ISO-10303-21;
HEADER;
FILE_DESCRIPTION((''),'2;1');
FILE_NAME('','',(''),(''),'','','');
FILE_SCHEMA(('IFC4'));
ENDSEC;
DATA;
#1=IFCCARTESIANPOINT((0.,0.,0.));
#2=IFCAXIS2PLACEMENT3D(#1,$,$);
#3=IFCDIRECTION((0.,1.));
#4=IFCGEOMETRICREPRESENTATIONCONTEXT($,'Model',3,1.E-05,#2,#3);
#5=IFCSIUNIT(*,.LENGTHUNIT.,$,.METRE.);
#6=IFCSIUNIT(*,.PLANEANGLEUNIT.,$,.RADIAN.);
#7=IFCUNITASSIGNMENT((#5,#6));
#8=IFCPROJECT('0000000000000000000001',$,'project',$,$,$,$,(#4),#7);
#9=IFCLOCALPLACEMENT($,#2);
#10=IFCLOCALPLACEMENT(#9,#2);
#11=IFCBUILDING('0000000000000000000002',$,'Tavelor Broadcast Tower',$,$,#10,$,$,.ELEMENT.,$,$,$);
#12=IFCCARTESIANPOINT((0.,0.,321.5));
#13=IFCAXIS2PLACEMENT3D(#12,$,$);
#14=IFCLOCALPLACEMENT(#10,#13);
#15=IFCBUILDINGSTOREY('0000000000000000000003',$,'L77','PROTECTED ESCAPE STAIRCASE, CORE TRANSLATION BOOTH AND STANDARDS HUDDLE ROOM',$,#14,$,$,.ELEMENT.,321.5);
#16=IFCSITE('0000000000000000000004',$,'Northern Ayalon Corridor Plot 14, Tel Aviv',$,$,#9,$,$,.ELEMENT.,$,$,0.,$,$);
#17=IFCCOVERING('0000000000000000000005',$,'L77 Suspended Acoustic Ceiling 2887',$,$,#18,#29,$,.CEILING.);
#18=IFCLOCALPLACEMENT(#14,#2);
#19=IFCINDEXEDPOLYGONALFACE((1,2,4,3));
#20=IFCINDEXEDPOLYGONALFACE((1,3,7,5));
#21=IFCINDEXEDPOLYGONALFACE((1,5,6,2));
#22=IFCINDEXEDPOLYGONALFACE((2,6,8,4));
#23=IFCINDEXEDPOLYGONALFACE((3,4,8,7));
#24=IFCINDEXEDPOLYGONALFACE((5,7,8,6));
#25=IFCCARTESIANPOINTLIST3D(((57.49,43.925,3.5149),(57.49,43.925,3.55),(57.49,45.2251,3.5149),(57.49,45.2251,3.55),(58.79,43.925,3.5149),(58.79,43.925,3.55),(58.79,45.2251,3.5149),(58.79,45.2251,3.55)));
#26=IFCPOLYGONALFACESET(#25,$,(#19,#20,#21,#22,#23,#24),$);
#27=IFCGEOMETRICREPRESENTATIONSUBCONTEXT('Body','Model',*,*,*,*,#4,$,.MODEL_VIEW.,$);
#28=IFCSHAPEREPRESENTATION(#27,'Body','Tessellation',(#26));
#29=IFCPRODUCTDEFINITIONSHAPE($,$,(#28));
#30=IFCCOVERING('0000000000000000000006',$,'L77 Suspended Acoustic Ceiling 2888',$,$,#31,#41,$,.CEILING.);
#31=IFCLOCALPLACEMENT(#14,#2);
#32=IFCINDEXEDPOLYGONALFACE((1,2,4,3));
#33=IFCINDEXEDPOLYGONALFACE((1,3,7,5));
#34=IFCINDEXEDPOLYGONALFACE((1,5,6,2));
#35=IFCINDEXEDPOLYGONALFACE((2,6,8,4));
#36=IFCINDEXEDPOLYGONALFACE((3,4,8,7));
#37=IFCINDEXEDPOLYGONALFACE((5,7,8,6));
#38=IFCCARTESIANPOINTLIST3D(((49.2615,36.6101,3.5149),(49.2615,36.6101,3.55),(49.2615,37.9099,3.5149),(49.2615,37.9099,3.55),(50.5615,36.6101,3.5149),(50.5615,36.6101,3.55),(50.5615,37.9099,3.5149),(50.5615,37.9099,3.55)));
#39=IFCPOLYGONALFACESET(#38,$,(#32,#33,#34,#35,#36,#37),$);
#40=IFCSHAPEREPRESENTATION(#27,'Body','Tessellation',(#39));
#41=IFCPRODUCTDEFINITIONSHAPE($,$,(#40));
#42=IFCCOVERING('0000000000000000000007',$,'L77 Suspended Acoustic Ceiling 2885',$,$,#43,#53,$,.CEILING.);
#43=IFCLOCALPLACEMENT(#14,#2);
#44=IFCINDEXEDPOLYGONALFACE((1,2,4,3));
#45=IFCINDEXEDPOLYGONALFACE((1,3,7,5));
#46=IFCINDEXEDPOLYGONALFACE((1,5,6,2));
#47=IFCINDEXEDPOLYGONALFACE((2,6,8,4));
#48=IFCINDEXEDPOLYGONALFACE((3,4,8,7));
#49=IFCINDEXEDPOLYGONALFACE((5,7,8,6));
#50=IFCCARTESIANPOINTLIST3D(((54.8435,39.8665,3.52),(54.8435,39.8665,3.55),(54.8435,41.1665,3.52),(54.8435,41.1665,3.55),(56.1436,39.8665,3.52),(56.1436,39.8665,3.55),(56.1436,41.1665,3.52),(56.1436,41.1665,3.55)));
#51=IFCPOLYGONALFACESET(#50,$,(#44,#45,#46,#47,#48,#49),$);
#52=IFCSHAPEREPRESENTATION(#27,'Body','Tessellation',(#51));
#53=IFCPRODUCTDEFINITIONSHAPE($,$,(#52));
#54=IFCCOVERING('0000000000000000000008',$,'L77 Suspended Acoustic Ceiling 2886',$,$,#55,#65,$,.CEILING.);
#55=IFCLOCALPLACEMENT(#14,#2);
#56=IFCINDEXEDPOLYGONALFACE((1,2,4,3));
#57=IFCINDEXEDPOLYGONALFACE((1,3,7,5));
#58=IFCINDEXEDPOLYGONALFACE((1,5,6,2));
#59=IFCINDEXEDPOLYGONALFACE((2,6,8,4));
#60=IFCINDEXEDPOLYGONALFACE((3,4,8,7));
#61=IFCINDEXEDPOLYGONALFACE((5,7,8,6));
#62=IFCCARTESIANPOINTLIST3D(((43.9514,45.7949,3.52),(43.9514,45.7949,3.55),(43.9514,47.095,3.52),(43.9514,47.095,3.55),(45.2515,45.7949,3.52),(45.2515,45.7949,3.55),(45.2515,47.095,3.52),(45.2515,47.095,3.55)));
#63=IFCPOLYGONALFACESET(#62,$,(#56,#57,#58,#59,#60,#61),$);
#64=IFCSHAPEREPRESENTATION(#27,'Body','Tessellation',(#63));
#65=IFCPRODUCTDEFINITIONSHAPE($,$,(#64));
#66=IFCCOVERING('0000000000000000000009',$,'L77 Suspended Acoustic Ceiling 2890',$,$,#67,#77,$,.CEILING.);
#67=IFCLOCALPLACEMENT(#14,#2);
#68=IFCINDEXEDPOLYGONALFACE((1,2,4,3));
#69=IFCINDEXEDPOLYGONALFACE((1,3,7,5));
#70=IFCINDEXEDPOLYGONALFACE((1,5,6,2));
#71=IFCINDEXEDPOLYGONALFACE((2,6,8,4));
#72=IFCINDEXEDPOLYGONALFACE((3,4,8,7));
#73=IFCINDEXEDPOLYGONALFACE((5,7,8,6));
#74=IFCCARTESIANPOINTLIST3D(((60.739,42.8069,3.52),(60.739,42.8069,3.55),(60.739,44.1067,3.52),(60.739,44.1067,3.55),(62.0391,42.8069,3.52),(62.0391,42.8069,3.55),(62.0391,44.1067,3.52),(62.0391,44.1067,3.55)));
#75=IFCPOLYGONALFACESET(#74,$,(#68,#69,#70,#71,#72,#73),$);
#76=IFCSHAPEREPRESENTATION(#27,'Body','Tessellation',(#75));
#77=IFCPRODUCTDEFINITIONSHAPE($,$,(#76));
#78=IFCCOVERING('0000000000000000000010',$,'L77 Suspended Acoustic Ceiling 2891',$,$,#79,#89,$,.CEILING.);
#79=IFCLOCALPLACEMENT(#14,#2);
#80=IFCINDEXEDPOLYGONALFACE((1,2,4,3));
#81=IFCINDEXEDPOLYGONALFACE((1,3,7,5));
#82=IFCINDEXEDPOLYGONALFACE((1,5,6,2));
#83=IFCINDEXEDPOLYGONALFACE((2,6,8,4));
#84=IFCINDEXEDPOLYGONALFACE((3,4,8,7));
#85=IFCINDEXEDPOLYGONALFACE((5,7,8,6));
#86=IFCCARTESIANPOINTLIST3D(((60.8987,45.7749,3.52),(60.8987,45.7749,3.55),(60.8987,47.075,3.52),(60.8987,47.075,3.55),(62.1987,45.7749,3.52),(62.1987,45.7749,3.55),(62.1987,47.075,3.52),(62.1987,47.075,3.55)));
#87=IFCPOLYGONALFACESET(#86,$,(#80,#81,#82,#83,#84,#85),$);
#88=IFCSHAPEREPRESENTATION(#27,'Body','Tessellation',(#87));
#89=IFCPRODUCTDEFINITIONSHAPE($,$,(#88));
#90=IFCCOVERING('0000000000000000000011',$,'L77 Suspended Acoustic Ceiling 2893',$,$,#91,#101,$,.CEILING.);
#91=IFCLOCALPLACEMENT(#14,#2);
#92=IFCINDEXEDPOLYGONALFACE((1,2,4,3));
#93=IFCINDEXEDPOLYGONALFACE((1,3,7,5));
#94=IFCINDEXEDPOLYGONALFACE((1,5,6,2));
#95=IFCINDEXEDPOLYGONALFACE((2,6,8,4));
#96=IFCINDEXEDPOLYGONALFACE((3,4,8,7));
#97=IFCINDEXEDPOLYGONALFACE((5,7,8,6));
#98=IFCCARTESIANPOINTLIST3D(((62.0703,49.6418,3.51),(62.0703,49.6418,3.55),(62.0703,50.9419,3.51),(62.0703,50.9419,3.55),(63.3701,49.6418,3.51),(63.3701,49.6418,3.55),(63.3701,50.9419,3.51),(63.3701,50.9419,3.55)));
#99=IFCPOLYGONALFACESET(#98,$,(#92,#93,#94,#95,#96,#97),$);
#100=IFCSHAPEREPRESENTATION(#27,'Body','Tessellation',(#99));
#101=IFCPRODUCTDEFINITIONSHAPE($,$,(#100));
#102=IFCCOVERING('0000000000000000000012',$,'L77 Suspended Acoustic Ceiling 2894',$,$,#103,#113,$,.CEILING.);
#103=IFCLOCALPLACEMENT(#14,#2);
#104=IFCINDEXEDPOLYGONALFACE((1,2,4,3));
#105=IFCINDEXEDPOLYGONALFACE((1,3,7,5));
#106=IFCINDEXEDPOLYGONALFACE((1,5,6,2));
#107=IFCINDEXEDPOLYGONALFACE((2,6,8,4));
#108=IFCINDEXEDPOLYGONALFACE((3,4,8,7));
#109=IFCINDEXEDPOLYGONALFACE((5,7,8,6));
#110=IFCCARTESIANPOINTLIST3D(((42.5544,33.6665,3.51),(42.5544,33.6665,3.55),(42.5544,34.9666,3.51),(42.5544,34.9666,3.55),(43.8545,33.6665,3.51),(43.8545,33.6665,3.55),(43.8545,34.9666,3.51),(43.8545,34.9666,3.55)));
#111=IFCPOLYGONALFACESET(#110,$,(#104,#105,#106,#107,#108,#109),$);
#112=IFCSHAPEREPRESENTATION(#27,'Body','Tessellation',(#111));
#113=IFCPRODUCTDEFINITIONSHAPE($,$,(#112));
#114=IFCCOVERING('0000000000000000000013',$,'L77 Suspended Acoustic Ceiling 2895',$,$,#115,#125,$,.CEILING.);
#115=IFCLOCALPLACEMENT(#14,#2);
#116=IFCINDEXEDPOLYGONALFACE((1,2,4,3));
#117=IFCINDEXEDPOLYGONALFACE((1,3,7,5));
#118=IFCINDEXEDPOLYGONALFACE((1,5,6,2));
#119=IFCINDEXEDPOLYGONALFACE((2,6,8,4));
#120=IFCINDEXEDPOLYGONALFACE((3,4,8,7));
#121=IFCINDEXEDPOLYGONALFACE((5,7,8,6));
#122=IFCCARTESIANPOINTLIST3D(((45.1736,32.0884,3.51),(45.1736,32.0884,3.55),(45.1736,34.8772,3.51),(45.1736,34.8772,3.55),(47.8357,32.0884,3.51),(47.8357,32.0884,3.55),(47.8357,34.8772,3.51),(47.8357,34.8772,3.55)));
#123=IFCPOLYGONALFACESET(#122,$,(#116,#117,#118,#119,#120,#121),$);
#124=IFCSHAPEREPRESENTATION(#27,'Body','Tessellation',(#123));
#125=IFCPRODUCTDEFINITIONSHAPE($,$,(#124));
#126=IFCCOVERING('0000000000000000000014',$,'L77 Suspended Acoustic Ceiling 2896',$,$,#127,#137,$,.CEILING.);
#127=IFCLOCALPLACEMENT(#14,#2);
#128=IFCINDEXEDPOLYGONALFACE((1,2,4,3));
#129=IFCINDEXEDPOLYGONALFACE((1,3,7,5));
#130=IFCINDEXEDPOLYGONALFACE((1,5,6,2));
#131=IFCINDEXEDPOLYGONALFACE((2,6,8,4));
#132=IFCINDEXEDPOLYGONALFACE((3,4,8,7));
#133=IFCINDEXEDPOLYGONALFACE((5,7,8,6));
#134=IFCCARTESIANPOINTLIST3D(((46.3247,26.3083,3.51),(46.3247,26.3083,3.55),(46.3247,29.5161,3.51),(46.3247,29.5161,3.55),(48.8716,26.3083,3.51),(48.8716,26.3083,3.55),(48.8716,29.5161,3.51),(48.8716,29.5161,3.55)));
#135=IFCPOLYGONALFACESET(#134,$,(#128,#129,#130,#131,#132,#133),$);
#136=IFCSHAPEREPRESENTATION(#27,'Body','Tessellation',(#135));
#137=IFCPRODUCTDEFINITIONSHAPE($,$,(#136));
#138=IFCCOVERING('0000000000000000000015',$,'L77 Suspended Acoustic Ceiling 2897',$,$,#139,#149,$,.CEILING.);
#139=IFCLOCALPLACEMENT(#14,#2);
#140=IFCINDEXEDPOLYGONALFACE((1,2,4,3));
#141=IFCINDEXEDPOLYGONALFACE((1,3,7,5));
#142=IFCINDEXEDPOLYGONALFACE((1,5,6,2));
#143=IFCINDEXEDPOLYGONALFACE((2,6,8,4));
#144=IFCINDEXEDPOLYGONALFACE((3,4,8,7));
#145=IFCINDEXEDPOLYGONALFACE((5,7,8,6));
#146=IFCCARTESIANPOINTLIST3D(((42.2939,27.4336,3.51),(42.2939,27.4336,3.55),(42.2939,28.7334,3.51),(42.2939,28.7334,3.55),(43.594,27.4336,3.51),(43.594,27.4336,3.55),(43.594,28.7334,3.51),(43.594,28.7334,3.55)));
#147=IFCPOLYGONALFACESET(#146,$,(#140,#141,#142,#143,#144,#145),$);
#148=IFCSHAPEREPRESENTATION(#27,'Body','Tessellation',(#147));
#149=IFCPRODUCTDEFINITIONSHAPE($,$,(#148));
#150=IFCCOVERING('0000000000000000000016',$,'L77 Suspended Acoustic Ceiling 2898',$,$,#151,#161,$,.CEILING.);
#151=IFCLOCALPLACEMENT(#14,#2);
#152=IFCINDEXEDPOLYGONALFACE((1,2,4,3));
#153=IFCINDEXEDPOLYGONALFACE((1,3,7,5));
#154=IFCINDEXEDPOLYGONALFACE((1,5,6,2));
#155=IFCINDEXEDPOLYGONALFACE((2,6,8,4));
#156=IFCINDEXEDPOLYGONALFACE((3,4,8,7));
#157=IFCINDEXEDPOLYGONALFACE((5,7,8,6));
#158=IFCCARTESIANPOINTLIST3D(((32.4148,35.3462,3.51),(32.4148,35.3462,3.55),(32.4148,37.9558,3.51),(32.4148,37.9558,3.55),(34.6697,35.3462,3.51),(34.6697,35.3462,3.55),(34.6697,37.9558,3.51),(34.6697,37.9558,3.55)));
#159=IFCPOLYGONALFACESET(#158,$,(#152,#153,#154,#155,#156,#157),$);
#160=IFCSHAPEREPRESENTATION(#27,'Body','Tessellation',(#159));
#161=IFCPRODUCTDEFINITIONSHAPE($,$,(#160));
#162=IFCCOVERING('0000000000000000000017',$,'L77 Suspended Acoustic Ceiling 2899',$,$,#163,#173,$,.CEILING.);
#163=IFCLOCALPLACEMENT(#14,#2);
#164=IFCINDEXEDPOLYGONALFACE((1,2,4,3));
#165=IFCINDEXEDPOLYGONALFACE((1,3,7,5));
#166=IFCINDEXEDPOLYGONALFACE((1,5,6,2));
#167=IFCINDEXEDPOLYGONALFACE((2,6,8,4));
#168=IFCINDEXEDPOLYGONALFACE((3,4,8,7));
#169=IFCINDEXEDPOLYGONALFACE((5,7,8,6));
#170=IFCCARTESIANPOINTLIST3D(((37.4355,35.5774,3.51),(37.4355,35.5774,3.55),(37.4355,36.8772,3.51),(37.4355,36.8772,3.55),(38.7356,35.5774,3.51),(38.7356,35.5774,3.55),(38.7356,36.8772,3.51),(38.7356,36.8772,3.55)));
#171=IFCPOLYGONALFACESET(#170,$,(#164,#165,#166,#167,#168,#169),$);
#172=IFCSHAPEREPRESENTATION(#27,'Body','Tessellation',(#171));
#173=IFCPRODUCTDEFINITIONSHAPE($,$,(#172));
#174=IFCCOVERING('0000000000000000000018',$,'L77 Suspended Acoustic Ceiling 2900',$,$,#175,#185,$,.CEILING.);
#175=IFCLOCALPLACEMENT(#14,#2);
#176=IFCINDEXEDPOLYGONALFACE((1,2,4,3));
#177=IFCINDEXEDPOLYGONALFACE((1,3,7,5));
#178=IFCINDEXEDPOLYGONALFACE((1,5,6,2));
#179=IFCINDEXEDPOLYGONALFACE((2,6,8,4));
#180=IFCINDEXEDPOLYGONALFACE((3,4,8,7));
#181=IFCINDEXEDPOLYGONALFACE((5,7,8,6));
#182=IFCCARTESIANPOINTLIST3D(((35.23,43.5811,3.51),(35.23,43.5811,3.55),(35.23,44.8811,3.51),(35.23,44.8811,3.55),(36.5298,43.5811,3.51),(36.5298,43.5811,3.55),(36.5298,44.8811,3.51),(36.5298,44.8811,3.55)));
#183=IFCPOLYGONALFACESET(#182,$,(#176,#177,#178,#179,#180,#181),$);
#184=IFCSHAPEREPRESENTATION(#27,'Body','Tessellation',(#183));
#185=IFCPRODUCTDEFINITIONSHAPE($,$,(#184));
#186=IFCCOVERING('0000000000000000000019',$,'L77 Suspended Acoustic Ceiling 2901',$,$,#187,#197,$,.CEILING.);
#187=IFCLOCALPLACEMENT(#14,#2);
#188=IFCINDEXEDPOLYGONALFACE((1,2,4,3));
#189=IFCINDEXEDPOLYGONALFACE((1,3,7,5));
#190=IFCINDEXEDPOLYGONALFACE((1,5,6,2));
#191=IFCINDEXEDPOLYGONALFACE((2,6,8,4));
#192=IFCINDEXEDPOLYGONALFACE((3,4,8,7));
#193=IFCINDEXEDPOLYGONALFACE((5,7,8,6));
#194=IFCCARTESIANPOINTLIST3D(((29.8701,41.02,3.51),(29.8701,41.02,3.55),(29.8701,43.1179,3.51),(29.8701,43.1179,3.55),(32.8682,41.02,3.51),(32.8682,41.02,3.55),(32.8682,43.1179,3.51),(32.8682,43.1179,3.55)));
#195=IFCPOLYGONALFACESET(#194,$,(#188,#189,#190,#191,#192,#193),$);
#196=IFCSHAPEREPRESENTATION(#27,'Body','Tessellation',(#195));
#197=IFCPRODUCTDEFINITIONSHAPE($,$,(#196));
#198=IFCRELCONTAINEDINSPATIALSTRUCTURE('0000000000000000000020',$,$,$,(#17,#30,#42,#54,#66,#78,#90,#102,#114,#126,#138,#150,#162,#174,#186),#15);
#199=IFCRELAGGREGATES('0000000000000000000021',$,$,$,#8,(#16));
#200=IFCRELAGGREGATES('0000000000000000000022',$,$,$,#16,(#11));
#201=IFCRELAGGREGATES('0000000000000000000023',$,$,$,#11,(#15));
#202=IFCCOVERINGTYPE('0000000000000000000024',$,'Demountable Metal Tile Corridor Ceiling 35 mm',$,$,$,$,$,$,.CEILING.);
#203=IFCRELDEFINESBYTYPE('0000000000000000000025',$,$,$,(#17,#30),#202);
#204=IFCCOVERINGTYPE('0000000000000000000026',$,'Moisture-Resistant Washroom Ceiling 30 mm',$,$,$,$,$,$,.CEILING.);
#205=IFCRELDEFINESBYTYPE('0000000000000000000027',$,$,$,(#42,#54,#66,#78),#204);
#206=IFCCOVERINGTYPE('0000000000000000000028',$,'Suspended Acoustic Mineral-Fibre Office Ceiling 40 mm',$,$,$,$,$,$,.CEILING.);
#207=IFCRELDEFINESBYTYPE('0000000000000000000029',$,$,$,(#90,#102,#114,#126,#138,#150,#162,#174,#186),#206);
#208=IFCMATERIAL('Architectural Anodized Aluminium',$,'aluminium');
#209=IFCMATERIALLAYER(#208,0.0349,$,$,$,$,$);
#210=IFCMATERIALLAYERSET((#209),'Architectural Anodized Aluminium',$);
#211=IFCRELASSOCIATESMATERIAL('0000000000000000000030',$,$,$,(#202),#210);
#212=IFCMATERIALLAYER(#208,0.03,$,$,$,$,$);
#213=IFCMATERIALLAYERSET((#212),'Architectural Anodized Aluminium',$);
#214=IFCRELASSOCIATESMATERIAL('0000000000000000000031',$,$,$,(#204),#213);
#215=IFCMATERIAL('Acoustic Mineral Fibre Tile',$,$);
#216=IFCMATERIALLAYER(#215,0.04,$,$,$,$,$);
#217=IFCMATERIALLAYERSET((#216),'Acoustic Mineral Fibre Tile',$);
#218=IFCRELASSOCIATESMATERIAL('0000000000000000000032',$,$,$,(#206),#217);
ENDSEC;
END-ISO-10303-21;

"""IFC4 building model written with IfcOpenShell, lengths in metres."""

from ifc_helpers import new_model, si_unit, direction, frame, origin, place, context, subcontext, project, spatial, polyline, outline, extrude, material, layer, layer_set, type_object, element, save


model = new_model("IFC4")

# Units and contexts
model_context = context("Model", 3, precision=1e-05, world=origin(), true_north=direction((0.0, 1.0)))
body_context = subcontext(model_context, "Body", "Model", "MODEL_VIEW")
ifc_project = project(units=[si_unit("LENGTHUNIT", "METRE"), si_unit("PLANEANGLEUNIT", "RADIAN")], contexts=[model_context])

# Site, building, storey
site_placement = place(None, origin())
site = spatial("IfcSite", under=ifc_project, at=site_placement, Name="Northern Ayalon Corridor Plot 14, Tel Aviv", CompositionType="ELEMENT", RefElevation=0.0)
building_placement = place(site_placement, origin())
building = spatial("IfcBuilding", under=site, at=building_placement, Name="Tavelor Broadcast Tower", CompositionType="ELEMENT")
storey_placement = place(building_placement, frame((0.0, 0.0, 321.5)))
storey = spatial("IfcBuildingStorey", under=building, at=storey_placement, Name="L77", Description="PROTECTED ESCAPE STAIRCASE, CORE TRANSLATION BOOTH AND STANDARDS HUDDLE ROOM", CompositionType="ELEMENT", Elevation=321.5)

# Coverings
ifc_material_1 = material(Name="Architectural Anodized Aluminium", Category="aluminium")
ifc_layer_1 = layer(ifc_material_1, 0.0349)
ifc_layer_set_1 = layer_set([ifc_layer_1], Name="Architectural Anodized Aluminium")
covering_type_1 = type_object("IfcCoveringType", Name="Demountable Metal Tile Corridor Ceiling 35 mm", PredefinedType="CEILING", material=ifc_layer_set_1)
covering_1_placement = place(storey_placement, frame((0.0, 0.0, 3.5149)))
element("IfcCovering", 1, at=covering_1_placement, inside=storey, type_object=covering_type_1, Name="L77 Suspended Acoustic Ceiling 2887", PredefinedType="CEILING", context=body_context, shape_type="SweptSolid", body=[
    extrude(outline(polyline([(57.49, 43.925), (58.79, 43.925), (58.79, 45.2251), (57.49, 45.2251), (57.49, 43.925)])), origin(), (0.0, 0.0, 1.0), 0.0352),
])
covering_2_placement = place(storey_placement, frame((0.0, 0.0, 3.5149)))
element("IfcCovering", 2, at=covering_2_placement, inside=storey, type_object=covering_type_1, Name="L77 Suspended Acoustic Ceiling 2888", PredefinedType="CEILING", context=body_context, shape_type="SweptSolid", body=[
    extrude(outline(polyline([(49.2615, 36.6101), (50.5615, 36.6101), (50.5615, 37.9099), (49.2615, 37.9099), (49.2615, 36.6101)])), origin(), (0.0, 0.0, 1.0), 0.0352),
])
ifc_layer_2 = layer(ifc_material_1, 0.03)
ifc_layer_set_2 = layer_set([ifc_layer_2], Name="Architectural Anodized Aluminium")
covering_type_2 = type_object("IfcCoveringType", Name="Moisture-Resistant Washroom Ceiling 30 mm", PredefinedType="CEILING", material=ifc_layer_set_2)
covering_3_placement = place(storey_placement, frame((0.0, 0.0, 3.52)))
element("IfcCovering", 3, at=covering_3_placement, inside=storey, type_object=covering_type_2, Name="L77 Suspended Acoustic Ceiling 2885", PredefinedType="CEILING", context=body_context, shape_type="SweptSolid", body=[
    extrude(outline(polyline([(54.8435, 39.8665), (56.1436, 39.8665), (56.1436, 41.1665), (54.8435, 41.1665), (54.8435, 39.8665)])), origin(), (0.0, 0.0, 1.0), 0.03),
])
covering_4_placement = place(storey_placement, frame((0.0, 0.0, 3.52)))
element("IfcCovering", 4, at=covering_4_placement, inside=storey, type_object=covering_type_2, Name="L77 Suspended Acoustic Ceiling 2886", PredefinedType="CEILING", context=body_context, shape_type="SweptSolid", body=[
    extrude(outline(polyline([(43.9514, 45.7949), (45.2515, 45.7949), (45.2515, 47.095), (43.9514, 47.095), (43.9514, 45.7949)])), origin(), (0.0, 0.0, 1.0), 0.03),
])
covering_5_placement = place(storey_placement, frame((0.0, 0.0, 3.52)))
element("IfcCovering", 5, at=covering_5_placement, inside=storey, type_object=covering_type_2, Name="L77 Suspended Acoustic Ceiling 2890", PredefinedType="CEILING", context=body_context, shape_type="SweptSolid", body=[
    extrude(outline(polyline([(60.739, 42.8069), (62.0391, 42.8069), (62.0391, 44.1067), (60.739, 44.1067), (60.739, 42.8069)])), origin(), (0.0, 0.0, 1.0), 0.03),
])
covering_6_placement = place(storey_placement, frame((0.0, 0.0, 3.52)))
element("IfcCovering", 6, at=covering_6_placement, inside=storey, type_object=covering_type_2, Name="L77 Suspended Acoustic Ceiling 2891", PredefinedType="CEILING", context=body_context, shape_type="SweptSolid", body=[
    extrude(outline(polyline([(60.8987, 45.7749), (62.1987, 45.7749), (62.1987, 47.075), (60.8987, 47.075), (60.8987, 45.7749)])), origin(), (0.0, 0.0, 1.0), 0.03),
])
ifc_material_2 = material(Name="Acoustic Mineral Fibre Tile")
ifc_layer_3 = layer(ifc_material_2, 0.04)
ifc_layer_set_3 = layer_set([ifc_layer_3], Name="Acoustic Mineral Fibre Tile")
covering_type_3 = type_object("IfcCoveringType", Name="Suspended Acoustic Mineral-Fibre Office Ceiling 40 mm", PredefinedType="CEILING", material=ifc_layer_set_3)
covering_7_placement = place(storey_placement, frame((0.0, 0.0, 3.51)))
element("IfcCovering", 7, at=covering_7_placement, inside=storey, type_object=covering_type_3, Name="L77 Suspended Acoustic Ceiling 2893", PredefinedType="CEILING", context=body_context, shape_type="SweptSolid", body=[
    extrude(outline(polyline([(62.0703, 49.6418), (63.3701, 49.6418), (63.3701, 50.9419), (62.0703, 50.9419), (62.0703, 49.6418)])), origin(), (0.0, 0.0, 1.0), 0.04),
])
covering_8_placement = place(storey_placement, frame((0.0, 0.0, 3.51)))
element("IfcCovering", 8, at=covering_8_placement, inside=storey, type_object=covering_type_3, Name="L77 Suspended Acoustic Ceiling 2894", PredefinedType="CEILING", context=body_context, shape_type="SweptSolid", body=[
    extrude(outline(polyline([(42.5544, 33.6665), (43.8545, 33.6665), (43.8545, 34.9666), (42.5544, 34.9666), (42.5544, 33.6665)])), origin(), (0.0, 0.0, 1.0), 0.04),
])
covering_9_placement = place(storey_placement, frame((0.0, 0.0, 3.51)))
element("IfcCovering", 9, at=covering_9_placement, inside=storey, type_object=covering_type_3, Name="L77 Suspended Acoustic Ceiling 2895", PredefinedType="CEILING", context=body_context, shape_type="SweptSolid", body=[
    extrude(outline(polyline([(45.1736, 32.0884), (47.8357, 32.0884), (47.8357, 34.8772), (45.1736, 34.8772), (45.1736, 32.0884)])), origin(), (0.0, 0.0, 1.0), 0.04),
])
covering_10_placement = place(storey_placement, frame((0.0, 0.0, 3.51)))
element("IfcCovering", 10, at=covering_10_placement, inside=storey, type_object=covering_type_3, Name="L77 Suspended Acoustic Ceiling 2896", PredefinedType="CEILING", context=body_context, shape_type="SweptSolid", body=[
    extrude(outline(polyline([(46.3247, 26.3083), (48.8716, 26.3083), (48.8716, 29.5161), (46.3247, 29.5161), (46.3247, 26.3083)])), origin(), (0.0, 0.0, 1.0), 0.04),
])
covering_11_placement = place(storey_placement, frame((0.0, 0.0, 3.51)))
element("IfcCovering", 11, at=covering_11_placement, inside=storey, type_object=covering_type_3, Name="L77 Suspended Acoustic Ceiling 2897", PredefinedType="CEILING", context=body_context, shape_type="SweptSolid", body=[
    extrude(outline(polyline([(42.2939, 27.4336), (43.594, 27.4336), (43.594, 28.7334), (42.2939, 28.7334), (42.2939, 27.4336)])), origin(), (0.0, 0.0, 1.0), 0.04),
])
covering_12_placement = place(storey_placement, frame((0.0, 0.0, 3.51)))
element("IfcCovering", 12, at=covering_12_placement, inside=storey, type_object=covering_type_3, Name="L77 Suspended Acoustic Ceiling 2898", PredefinedType="CEILING", context=body_context, shape_type="SweptSolid", body=[
    extrude(outline(polyline([(32.4148, 35.3462), (34.6697, 35.3462), (34.6697, 37.9558), (32.4148, 37.9558), (32.4148, 35.3462)])), origin(), (0.0, 0.0, 1.0), 0.04),
])
covering_13_placement = place(storey_placement, frame((0.0, 0.0, 3.51)))
element("IfcCovering", 13, at=covering_13_placement, inside=storey, type_object=covering_type_3, Name="L77 Suspended Acoustic Ceiling 2899", PredefinedType="CEILING", context=body_context, shape_type="SweptSolid", body=[
    extrude(outline(polyline([(37.4355, 35.5774), (38.7356, 35.5774), (38.7356, 36.8772), (37.4355, 36.8772), (37.4355, 35.5774)])), origin(), (0.0, 0.0, 1.0), 0.04),
])
covering_14_placement = place(storey_placement, frame((0.0, 0.0, 3.51)))
element("IfcCovering", 14, at=covering_14_placement, inside=storey, type_object=covering_type_3, Name="L77 Suspended Acoustic Ceiling 2900", PredefinedType="CEILING", context=body_context, shape_type="SweptSolid", body=[
    extrude(outline(polyline([(35.23, 43.5811), (36.5298, 43.5811), (36.5298, 44.8811), (35.23, 44.8811), (35.23, 43.5811)])), origin(), (0.0, 0.0, 1.0), 0.04),
])
covering_15_placement = place(storey_placement, frame((0.0, 0.0, 3.51)))
element("IfcCovering", 15, at=covering_15_placement, inside=storey, type_object=covering_type_3, Name="L77 Suspended Acoustic Ceiling 2901", PredefinedType="CEILING", context=body_context, shape_type="SweptSolid", body=[
    extrude(outline(polyline([(29.8701, 41.02), (32.8682, 41.02), (32.8682, 43.1179), (29.8701, 43.1179), (29.8701, 41.02)])), origin(), (0.0, 0.0, 1.0), 0.04),
])

save(model, "model.ifc")
